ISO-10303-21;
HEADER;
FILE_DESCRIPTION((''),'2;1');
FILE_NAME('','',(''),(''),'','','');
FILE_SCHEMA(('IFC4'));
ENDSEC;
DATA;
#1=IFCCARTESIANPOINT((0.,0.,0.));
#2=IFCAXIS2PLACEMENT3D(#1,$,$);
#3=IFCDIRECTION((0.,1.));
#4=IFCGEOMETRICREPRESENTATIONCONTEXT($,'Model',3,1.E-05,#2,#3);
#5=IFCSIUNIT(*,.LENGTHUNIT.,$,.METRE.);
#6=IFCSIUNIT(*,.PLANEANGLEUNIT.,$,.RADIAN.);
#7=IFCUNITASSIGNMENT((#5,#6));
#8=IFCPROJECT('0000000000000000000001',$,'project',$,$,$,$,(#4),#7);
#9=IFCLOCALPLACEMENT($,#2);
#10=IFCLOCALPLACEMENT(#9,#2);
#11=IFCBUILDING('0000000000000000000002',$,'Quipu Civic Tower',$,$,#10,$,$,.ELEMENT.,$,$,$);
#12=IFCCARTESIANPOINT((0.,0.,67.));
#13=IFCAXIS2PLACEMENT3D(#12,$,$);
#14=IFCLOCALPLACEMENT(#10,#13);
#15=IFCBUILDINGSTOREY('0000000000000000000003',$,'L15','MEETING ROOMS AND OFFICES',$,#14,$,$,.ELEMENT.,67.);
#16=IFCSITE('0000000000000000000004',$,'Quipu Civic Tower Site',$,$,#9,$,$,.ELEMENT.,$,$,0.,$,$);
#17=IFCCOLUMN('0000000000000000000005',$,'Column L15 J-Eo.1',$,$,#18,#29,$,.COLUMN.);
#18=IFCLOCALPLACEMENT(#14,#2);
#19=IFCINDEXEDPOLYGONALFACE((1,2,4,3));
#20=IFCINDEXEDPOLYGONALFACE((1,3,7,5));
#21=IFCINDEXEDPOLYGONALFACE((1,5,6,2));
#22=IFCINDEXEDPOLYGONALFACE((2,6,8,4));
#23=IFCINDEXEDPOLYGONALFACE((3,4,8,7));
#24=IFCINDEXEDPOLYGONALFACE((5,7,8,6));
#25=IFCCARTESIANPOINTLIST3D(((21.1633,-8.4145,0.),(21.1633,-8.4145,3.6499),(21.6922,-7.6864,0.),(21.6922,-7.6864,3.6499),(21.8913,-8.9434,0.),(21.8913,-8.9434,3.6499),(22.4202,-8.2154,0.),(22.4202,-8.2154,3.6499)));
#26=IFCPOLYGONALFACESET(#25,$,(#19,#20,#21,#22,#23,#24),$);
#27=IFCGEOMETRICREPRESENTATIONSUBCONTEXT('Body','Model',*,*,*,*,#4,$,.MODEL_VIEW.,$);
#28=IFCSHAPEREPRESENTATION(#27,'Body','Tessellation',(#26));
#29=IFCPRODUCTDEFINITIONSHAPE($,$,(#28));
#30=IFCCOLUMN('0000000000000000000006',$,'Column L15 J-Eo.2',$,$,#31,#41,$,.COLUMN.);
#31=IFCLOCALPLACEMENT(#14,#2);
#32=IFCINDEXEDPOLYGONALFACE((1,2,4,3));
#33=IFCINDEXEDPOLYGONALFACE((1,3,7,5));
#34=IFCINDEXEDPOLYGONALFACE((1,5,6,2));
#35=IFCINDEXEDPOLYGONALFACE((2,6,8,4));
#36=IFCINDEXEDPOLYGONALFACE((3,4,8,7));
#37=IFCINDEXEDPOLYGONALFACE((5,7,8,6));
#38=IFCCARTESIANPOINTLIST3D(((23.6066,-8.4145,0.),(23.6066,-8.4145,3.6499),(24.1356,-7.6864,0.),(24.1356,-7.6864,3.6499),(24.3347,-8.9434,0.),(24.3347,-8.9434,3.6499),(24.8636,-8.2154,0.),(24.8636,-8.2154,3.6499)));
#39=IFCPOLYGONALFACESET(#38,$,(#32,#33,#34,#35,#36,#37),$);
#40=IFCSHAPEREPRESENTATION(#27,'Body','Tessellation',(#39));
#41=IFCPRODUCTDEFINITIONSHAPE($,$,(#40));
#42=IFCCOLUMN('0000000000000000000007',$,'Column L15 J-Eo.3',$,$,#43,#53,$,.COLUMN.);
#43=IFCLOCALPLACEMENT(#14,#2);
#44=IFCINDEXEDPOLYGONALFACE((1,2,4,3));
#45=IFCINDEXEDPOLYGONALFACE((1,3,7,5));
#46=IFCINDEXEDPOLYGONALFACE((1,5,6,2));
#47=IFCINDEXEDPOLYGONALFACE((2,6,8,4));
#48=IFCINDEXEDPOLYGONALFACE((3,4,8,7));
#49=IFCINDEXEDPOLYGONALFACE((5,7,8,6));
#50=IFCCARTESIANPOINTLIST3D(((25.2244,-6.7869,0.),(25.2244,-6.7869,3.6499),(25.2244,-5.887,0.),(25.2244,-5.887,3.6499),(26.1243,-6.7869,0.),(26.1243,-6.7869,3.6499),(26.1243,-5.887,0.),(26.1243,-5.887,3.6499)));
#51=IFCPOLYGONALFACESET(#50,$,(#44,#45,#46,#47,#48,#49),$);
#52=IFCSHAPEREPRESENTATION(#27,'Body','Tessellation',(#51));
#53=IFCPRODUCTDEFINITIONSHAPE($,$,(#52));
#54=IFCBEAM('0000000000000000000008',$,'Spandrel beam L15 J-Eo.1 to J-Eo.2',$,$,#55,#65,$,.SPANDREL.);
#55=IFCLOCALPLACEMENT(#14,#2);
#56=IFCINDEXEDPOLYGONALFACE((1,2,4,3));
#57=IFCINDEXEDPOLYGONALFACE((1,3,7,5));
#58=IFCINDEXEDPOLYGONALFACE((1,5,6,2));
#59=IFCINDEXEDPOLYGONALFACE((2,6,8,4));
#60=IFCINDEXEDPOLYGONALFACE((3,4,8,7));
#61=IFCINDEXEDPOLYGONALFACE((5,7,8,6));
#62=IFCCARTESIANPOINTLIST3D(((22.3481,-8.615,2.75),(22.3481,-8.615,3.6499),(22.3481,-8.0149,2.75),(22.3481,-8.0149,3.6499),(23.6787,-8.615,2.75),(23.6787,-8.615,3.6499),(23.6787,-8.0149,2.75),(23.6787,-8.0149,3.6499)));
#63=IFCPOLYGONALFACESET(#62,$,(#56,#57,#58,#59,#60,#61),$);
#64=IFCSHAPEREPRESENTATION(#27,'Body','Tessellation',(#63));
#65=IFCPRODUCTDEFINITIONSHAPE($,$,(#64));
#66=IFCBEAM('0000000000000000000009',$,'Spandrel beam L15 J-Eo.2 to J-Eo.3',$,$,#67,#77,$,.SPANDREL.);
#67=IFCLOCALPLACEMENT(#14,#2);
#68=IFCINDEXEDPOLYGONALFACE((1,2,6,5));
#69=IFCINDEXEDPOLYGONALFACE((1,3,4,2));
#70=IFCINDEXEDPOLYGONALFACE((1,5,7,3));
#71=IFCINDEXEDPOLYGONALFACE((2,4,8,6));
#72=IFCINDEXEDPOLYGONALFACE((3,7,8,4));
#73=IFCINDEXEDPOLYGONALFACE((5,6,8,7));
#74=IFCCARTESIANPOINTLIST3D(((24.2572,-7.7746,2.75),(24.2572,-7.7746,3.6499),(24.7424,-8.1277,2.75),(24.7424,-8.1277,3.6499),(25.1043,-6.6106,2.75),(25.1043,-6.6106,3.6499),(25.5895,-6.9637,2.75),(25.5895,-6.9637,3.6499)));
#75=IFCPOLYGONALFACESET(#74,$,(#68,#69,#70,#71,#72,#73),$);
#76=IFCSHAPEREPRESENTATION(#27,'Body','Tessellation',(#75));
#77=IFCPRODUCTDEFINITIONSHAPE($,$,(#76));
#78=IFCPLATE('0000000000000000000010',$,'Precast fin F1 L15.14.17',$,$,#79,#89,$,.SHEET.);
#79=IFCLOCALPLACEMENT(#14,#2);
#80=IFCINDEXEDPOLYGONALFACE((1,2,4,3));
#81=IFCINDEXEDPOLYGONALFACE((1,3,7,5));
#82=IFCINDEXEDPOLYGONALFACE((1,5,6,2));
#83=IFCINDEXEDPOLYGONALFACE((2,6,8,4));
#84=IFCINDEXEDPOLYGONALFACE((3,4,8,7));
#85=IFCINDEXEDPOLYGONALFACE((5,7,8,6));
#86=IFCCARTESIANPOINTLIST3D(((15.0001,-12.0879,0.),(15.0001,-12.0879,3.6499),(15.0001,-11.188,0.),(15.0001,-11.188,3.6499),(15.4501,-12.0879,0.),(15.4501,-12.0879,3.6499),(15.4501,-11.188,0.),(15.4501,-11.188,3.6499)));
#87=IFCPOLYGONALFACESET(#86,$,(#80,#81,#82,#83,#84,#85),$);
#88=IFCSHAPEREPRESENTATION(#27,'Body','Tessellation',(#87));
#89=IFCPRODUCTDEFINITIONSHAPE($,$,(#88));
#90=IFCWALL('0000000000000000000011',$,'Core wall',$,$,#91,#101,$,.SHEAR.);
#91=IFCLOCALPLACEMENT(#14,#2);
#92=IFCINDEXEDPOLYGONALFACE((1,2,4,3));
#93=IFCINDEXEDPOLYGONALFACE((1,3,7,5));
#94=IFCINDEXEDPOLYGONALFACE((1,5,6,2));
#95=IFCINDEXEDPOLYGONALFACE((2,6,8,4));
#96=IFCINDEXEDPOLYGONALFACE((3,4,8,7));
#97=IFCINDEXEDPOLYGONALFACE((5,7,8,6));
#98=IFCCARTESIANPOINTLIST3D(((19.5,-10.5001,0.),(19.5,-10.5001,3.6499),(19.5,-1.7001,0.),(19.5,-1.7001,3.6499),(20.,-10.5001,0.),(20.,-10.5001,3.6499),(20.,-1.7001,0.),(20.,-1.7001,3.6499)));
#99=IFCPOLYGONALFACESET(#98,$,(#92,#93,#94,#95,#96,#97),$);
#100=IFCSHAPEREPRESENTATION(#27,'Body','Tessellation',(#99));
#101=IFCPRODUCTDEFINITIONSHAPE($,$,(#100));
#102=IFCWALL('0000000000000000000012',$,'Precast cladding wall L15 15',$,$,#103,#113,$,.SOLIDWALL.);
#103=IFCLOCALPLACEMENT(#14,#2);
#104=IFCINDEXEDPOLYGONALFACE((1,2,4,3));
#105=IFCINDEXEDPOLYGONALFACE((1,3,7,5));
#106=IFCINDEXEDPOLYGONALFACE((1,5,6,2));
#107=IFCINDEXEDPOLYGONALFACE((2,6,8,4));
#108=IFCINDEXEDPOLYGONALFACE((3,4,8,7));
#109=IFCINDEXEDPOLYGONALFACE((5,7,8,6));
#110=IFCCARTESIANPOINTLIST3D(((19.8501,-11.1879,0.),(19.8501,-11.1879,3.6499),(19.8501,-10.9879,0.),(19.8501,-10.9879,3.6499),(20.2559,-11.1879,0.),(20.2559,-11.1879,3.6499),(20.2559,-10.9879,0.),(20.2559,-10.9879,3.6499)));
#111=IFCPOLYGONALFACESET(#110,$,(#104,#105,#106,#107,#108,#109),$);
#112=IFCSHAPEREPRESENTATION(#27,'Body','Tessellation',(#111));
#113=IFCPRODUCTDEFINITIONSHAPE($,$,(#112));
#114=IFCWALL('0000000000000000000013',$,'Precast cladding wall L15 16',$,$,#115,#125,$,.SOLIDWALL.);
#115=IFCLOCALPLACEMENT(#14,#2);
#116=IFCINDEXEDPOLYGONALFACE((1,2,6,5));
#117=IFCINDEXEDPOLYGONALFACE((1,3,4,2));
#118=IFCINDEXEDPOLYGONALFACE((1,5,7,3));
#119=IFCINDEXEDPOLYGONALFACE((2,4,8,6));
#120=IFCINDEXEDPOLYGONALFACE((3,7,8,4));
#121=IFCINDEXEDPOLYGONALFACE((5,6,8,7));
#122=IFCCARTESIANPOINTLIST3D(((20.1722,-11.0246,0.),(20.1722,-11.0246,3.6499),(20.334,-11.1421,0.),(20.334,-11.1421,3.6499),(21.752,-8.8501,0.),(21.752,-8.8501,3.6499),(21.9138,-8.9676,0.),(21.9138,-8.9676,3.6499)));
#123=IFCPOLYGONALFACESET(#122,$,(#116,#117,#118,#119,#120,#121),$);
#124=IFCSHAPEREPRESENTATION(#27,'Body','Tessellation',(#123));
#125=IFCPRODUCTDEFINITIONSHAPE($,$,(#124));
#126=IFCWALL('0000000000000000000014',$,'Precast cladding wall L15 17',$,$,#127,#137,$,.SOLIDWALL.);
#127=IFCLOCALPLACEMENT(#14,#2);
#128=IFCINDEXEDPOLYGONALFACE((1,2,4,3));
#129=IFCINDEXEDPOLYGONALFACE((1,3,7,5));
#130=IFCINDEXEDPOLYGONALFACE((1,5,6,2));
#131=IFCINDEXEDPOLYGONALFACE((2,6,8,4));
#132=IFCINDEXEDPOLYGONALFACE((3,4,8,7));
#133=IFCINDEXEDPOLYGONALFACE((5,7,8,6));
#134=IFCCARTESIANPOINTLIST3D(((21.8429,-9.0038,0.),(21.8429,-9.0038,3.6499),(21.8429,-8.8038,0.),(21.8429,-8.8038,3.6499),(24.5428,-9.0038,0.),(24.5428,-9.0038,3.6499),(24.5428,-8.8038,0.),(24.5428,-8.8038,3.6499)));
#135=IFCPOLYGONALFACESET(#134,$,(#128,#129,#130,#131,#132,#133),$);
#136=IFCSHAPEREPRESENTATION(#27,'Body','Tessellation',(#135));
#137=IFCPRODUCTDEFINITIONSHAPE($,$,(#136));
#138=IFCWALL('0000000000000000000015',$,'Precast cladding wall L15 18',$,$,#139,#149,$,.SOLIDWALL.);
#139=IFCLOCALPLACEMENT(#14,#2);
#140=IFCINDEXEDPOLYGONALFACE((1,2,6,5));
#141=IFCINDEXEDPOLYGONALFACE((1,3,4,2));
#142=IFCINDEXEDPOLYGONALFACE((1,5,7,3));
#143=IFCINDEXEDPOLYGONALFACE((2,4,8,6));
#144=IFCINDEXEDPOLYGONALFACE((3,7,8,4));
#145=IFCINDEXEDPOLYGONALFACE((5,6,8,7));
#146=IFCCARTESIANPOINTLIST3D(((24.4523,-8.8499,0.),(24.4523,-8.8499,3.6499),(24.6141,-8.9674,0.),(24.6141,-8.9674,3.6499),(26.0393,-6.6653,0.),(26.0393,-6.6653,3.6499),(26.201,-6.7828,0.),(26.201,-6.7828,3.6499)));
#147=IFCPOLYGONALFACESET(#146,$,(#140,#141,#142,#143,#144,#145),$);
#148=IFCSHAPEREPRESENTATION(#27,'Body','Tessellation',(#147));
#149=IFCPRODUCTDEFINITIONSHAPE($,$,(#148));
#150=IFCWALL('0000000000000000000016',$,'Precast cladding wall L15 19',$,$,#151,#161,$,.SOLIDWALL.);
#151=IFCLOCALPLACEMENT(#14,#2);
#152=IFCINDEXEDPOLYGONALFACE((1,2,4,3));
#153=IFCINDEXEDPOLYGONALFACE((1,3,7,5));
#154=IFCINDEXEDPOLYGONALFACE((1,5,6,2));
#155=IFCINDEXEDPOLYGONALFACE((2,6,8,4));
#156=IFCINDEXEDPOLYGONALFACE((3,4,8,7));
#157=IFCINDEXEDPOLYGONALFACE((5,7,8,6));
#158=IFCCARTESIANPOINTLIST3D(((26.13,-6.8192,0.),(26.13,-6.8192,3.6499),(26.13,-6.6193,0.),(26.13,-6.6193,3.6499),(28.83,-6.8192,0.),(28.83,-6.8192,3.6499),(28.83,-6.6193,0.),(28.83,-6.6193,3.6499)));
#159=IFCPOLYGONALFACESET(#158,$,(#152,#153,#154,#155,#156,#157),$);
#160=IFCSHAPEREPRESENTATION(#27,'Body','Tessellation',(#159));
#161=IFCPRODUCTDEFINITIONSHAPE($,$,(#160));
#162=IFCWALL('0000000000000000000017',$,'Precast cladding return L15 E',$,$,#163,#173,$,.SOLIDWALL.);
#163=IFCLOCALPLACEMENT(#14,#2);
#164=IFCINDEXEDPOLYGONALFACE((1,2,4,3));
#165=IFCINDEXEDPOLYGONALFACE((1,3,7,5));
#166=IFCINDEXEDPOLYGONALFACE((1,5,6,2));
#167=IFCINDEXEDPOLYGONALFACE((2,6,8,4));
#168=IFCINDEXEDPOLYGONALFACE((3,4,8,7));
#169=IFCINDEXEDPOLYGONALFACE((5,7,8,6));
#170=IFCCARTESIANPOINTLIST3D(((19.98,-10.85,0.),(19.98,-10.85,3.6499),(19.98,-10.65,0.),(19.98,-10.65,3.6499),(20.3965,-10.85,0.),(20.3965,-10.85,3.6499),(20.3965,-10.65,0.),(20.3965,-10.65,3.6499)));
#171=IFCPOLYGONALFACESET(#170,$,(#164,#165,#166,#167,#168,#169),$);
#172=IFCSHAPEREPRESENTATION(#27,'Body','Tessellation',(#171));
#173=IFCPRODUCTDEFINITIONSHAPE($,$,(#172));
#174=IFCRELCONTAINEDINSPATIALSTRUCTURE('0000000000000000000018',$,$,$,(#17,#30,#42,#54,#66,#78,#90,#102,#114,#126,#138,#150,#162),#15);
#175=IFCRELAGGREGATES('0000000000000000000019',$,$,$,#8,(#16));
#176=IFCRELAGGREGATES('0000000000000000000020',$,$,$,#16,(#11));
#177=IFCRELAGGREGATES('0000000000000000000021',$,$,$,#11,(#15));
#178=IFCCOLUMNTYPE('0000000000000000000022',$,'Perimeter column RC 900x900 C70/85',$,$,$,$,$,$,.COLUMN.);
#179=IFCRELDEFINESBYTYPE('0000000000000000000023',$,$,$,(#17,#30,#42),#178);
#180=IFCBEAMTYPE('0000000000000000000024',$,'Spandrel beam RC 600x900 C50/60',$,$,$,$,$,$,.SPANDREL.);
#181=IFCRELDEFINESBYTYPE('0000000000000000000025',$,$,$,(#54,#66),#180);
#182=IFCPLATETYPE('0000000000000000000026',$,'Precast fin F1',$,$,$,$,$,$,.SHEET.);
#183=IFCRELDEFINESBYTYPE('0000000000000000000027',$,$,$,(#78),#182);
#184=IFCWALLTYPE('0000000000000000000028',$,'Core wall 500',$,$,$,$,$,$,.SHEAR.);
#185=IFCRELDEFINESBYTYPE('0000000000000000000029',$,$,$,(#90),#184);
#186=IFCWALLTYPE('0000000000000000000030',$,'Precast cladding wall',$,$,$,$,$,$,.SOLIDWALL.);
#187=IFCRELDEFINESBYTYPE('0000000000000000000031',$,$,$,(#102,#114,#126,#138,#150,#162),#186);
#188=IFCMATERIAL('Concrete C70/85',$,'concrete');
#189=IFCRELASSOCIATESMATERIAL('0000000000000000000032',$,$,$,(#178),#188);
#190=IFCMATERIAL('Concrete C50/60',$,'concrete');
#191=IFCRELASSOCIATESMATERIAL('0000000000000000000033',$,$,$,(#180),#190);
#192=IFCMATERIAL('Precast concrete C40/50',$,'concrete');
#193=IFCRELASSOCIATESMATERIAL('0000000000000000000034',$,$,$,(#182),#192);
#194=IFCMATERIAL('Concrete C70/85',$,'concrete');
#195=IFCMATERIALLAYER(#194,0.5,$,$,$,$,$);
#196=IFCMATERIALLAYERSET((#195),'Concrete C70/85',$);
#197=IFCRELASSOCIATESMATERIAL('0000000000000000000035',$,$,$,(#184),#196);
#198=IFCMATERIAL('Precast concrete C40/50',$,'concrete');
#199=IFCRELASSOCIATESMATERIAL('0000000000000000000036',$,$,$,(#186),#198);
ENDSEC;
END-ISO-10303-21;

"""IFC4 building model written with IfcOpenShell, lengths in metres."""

from ifc_helpers import new_model, si_unit, direction, frame, frame_2d, origin, origin_2d, place, context, subcontext, project, spatial, rectangle, extrude, material, layer, layer_set, material_profile, profile_set, type_object, element, save


model = new_model("IFC4")

# Units and contexts
model_context = context("Model", 3, precision=1e-05, world=origin(), true_north=direction((0.0, 1.0)))
body_context = subcontext(model_context, "Body", "Model", "MODEL_VIEW")
ifc_project = project(units=[si_unit("LENGTHUNIT", "METRE"), si_unit("PLANEANGLEUNIT", "RADIAN")], contexts=[model_context])

# Site, building, storey
site_placement = place(None, origin())
site = spatial("IfcSite", under=ifc_project, at=site_placement, Name="Quipu Civic Tower Site", CompositionType="ELEMENT", RefElevation=0.0)
building_placement = place(site_placement, origin())
building = spatial("IfcBuilding", under=site, at=building_placement, Name="Quipu Civic Tower", CompositionType="ELEMENT")
storey_placement = place(building_placement, frame((0.0, 0.0, 67.0)))
storey = spatial("IfcBuildingStorey", under=building, at=storey_placement, Name="L15", Description="MEETING ROOMS AND OFFICES", CompositionType="ELEMENT", Elevation=67.0)

# Columns
ifc_material_1 = material(Name="Concrete C70/85", Category="concrete")
ifc_material_profile_1 = material_profile(ifc_material_1, rectangle(XDim=0.8999, YDim=0.8999, at=origin_2d()), Name="RC900x900")
ifc_profile_set_1 = profile_set([ifc_material_profile_1], Name="Concrete C70/85")
column_type = type_object("IfcColumnType", Name="Perimeter column RC 900x900 C70/85", PredefinedType="COLUMN", material=ifc_profile_set_1)
for number, where, z_axis, x_axis, name in (
    (1, (21.7917, -8.3149, 0.0), (0.0, 0.0, 1.0), (0.587785, 0.809017, 0.0), "Column L15 J-Eo.1"),
    (2, (24.2351, -8.3149, 0.0), (0.0, 0.0, 1.0), (0.587785, 0.809017, 0.0), "Column L15 J-Eo.2"),
    (3, (25.6743, -6.3369, 0.0), (0.0, 0.0, 1.0), (1.0, 0.0, 0.0), "Column L15 J-Eo.3"),
):
    element("IfcColumn", number, at=place(storey_placement, frame(where, z_axis=z_axis, x_axis=x_axis)), inside=storey, type_object=column_type, Name=name, PredefinedType="COLUMN", context=body_context, shape_type="SweptSolid", body=[
        extrude(rectangle(XDim=0.8999, YDim=0.8999, at=origin_2d()), origin(), (0.0, 0.0, 1.0), 3.6499),
    ])

# Beams
ifc_material_2 = material(Name="Concrete C50/60", Category="concrete")
ifc_material_profile_2 = material_profile(ifc_material_2, rectangle(XDim=0.6001, YDim=0.8999, at=origin_2d()), Name="RC600x900")
ifc_profile_set_2 = profile_set([ifc_material_profile_2], Name="Concrete C50/60")
beam_type = type_object("IfcBeamType", Name="Spandrel beam RC 600x900 C50/60", PredefinedType="SPANDREL", material=ifc_profile_set_2)
beam_1_placement = place(storey_placement, frame((22.3481, -8.3149, 3.2), z_axis=(1.0, 0.0, 0.0), x_axis=(0.0, 1.0, 0.0)))
element("IfcBeam", 4, at=beam_1_placement, inside=storey, type_object=beam_type, Name="Spandrel beam L15 J-Eo.1 to J-Eo.2", PredefinedType="SPANDREL", context=body_context, shape_type="SweptSolid", body=[
    extrude(rectangle(XDim=0.6001, YDim=0.8999, at=origin_2d()), origin(), (0.0, 0.0, 1.0), 1.3306),
])
beam_2_placement = place(storey_placement, frame((24.4998, -7.9512, 3.2), z_axis=(0.588434, 0.808545, 0.0), x_axis=(-0.808545, 0.588434, 0.0)))
element("IfcBeam", 5, at=beam_2_placement, inside=storey, type_object=beam_type, Name="Spandrel beam L15 J-Eo.2 to J-Eo.3", PredefinedType="SPANDREL", context=body_context, shape_type="SweptSolid", body=[
    extrude(rectangle(XDim=0.6001, YDim=0.8999, at=origin_2d()), origin(), (0.0, 0.0, 1.0), 1.4397),
])

# Plate
ifc_material_3 = material(Name="Precast concrete C40/50", Category="concrete")
plate_type = type_object("IfcPlateType", Name="Precast fin F1", PredefinedType="SHEET", material=ifc_material_3)
plate_placement = place(storey_placement, frame((15.2251, -11.6379, 0.0), z_axis=(0.0, 0.0, 1.0), x_axis=(1.0, 0.0, 0.0)))
element("IfcPlate", 6, at=plate_placement, inside=storey, type_object=plate_type, Name="Precast fin F1 L15.14.17", PredefinedType="SHEET", context=body_context, shape_type="SweptSolid", body=[
    extrude(rectangle(XDim=0.45, YDim=0.8999, at=origin_2d()), origin(), (0.0, 0.0, 1.0), 3.6499),
])

# Walls
ifc_material_4 = material(Name="Concrete C70/85", Category="concrete")
ifc_layer = layer(ifc_material_4, 0.5)
ifc_layer_set = layer_set([ifc_layer], Name="Concrete C70/85")
wall_type_1 = type_object("IfcWallType", Name="Core wall 500", PredefinedType="SHEAR", material=ifc_layer_set)
wall_1_placement = place(storey_placement, frame((19.75, -10.5, 0.0), z_axis=(0.0, 0.0, 1.0), x_axis=(0.0, 1.0, 0.0)))
element("IfcWall", 7, at=wall_1_placement, inside=storey, type_object=wall_type_1, Name="Core wall", PredefinedType="SHEAR", context=body_context, shape_type="SweptSolid", body=[
    extrude(rectangle(XDim=8.8, YDim=0.5, at=frame_2d((4.3999, 0.0))), origin(), (0.0, 0.0, 1.0), 3.6499),
])
ifc_material_5 = material(Name="Precast concrete C40/50", Category="concrete")
wall_type_2 = type_object("IfcWallType", Name="Precast cladding wall", PredefinedType="SOLIDWALL", material=ifc_material_5)
wall_2_placement = place(storey_placement, frame((19.8501, -11.0879, 0.0), z_axis=(0.0, 0.0, 1.0), x_axis=(1.0, 0.0, 0.0)))
element("IfcWall", 8, at=wall_2_placement, inside=storey, type_object=wall_type_2, Name="Precast cladding wall L15 15", PredefinedType="SOLIDWALL", context=body_context, shape_type="SweptSolid", body=[
    extrude(rectangle(XDim=0.4058, YDim=0.2, at=frame_2d((0.2029, 0.0))), origin(), (0.0, 0.0, 1.0), 3.6499),
])
wall_3_placement = place(storey_placement, frame((20.2532, -11.0833, 0.0), z_axis=(0.0, 0.0, 1.0), x_axis=(0.587767, 0.809031, 0.0)))
element("IfcWall", 9, at=wall_3_placement, inside=storey, type_object=wall_type_2, Name="Precast cladding wall L15 16", PredefinedType="SOLIDWALL", context=body_context, shape_type="SweptSolid", body=[
    extrude(rectangle(XDim=2.6877, YDim=0.2, at=frame_2d((1.3438, 0.0))), origin(), (0.0, 0.0, 1.0), 3.6499),
])
wall_4_placement = place(storey_placement, frame((21.8428, -8.9038, 0.0), z_axis=(0.0, 0.0, 1.0), x_axis=(1.0, 0.0, 0.0)))
element("IfcWall", 10, at=wall_4_placement, inside=storey, type_object=wall_type_2, Name="Precast cladding wall L15 17", PredefinedType="SOLIDWALL", context=body_context, shape_type="SweptSolid", body=[
    extrude(rectangle(XDim=2.7, YDim=0.2, at=frame_2d((1.3501, 0.0))), origin(), (0.0, 0.0, 1.0), 3.6499),
])
wall_5_placement = place(storey_placement, frame((24.5332, -8.9087, 0.0), z_axis=(0.0, 0.0, 1.0), x_axis=(0.58772, 0.809064, 0.0)))
element("IfcWall", 11, at=wall_5_placement, inside=storey, type_object=wall_type_2, Name="Precast cladding wall L15 18", PredefinedType="SOLIDWALL", context=body_context, shape_type="SweptSolid", body=[
    extrude(rectangle(XDim=2.7002, YDim=0.2, at=frame_2d((1.3501, 0.0))), origin(), (0.0, 0.0, 1.0), 3.6499),
])
wall_6_placement = place(storey_placement, frame((26.1299, -6.7192, 0.0), z_axis=(0.0, 0.0, 1.0), x_axis=(1.0, 0.0, 0.0)))
element("IfcWall", 12, at=wall_6_placement, inside=storey, type_object=wall_type_2, Name="Precast cladding wall L15 19", PredefinedType="SOLIDWALL", context=body_context, shape_type="SweptSolid", body=[
    extrude(rectangle(XDim=2.7, YDim=0.2, at=frame_2d((1.3501, 0.0))), origin(), (0.0, 0.0, 1.0), 3.6499),
])
wall_7_placement = place(storey_placement, frame((19.98, -10.75, 0.0), z_axis=(0.0, 0.0, 1.0), x_axis=(1.0, 0.0, 0.0)))
element("IfcWall", 13, at=wall_7_placement, inside=storey, type_object=wall_type_2, Name="Precast cladding return L15 E", PredefinedType="SOLIDWALL", context=body_context, shape_type="SweptSolid", body=[
    extrude(rectangle(XDim=0.4165, YDim=0.2, at=frame_2d((0.2083, 0.0))), origin(), (0.0, 0.0, 1.0), 3.6499),
])

save(model, "model.ifc")
